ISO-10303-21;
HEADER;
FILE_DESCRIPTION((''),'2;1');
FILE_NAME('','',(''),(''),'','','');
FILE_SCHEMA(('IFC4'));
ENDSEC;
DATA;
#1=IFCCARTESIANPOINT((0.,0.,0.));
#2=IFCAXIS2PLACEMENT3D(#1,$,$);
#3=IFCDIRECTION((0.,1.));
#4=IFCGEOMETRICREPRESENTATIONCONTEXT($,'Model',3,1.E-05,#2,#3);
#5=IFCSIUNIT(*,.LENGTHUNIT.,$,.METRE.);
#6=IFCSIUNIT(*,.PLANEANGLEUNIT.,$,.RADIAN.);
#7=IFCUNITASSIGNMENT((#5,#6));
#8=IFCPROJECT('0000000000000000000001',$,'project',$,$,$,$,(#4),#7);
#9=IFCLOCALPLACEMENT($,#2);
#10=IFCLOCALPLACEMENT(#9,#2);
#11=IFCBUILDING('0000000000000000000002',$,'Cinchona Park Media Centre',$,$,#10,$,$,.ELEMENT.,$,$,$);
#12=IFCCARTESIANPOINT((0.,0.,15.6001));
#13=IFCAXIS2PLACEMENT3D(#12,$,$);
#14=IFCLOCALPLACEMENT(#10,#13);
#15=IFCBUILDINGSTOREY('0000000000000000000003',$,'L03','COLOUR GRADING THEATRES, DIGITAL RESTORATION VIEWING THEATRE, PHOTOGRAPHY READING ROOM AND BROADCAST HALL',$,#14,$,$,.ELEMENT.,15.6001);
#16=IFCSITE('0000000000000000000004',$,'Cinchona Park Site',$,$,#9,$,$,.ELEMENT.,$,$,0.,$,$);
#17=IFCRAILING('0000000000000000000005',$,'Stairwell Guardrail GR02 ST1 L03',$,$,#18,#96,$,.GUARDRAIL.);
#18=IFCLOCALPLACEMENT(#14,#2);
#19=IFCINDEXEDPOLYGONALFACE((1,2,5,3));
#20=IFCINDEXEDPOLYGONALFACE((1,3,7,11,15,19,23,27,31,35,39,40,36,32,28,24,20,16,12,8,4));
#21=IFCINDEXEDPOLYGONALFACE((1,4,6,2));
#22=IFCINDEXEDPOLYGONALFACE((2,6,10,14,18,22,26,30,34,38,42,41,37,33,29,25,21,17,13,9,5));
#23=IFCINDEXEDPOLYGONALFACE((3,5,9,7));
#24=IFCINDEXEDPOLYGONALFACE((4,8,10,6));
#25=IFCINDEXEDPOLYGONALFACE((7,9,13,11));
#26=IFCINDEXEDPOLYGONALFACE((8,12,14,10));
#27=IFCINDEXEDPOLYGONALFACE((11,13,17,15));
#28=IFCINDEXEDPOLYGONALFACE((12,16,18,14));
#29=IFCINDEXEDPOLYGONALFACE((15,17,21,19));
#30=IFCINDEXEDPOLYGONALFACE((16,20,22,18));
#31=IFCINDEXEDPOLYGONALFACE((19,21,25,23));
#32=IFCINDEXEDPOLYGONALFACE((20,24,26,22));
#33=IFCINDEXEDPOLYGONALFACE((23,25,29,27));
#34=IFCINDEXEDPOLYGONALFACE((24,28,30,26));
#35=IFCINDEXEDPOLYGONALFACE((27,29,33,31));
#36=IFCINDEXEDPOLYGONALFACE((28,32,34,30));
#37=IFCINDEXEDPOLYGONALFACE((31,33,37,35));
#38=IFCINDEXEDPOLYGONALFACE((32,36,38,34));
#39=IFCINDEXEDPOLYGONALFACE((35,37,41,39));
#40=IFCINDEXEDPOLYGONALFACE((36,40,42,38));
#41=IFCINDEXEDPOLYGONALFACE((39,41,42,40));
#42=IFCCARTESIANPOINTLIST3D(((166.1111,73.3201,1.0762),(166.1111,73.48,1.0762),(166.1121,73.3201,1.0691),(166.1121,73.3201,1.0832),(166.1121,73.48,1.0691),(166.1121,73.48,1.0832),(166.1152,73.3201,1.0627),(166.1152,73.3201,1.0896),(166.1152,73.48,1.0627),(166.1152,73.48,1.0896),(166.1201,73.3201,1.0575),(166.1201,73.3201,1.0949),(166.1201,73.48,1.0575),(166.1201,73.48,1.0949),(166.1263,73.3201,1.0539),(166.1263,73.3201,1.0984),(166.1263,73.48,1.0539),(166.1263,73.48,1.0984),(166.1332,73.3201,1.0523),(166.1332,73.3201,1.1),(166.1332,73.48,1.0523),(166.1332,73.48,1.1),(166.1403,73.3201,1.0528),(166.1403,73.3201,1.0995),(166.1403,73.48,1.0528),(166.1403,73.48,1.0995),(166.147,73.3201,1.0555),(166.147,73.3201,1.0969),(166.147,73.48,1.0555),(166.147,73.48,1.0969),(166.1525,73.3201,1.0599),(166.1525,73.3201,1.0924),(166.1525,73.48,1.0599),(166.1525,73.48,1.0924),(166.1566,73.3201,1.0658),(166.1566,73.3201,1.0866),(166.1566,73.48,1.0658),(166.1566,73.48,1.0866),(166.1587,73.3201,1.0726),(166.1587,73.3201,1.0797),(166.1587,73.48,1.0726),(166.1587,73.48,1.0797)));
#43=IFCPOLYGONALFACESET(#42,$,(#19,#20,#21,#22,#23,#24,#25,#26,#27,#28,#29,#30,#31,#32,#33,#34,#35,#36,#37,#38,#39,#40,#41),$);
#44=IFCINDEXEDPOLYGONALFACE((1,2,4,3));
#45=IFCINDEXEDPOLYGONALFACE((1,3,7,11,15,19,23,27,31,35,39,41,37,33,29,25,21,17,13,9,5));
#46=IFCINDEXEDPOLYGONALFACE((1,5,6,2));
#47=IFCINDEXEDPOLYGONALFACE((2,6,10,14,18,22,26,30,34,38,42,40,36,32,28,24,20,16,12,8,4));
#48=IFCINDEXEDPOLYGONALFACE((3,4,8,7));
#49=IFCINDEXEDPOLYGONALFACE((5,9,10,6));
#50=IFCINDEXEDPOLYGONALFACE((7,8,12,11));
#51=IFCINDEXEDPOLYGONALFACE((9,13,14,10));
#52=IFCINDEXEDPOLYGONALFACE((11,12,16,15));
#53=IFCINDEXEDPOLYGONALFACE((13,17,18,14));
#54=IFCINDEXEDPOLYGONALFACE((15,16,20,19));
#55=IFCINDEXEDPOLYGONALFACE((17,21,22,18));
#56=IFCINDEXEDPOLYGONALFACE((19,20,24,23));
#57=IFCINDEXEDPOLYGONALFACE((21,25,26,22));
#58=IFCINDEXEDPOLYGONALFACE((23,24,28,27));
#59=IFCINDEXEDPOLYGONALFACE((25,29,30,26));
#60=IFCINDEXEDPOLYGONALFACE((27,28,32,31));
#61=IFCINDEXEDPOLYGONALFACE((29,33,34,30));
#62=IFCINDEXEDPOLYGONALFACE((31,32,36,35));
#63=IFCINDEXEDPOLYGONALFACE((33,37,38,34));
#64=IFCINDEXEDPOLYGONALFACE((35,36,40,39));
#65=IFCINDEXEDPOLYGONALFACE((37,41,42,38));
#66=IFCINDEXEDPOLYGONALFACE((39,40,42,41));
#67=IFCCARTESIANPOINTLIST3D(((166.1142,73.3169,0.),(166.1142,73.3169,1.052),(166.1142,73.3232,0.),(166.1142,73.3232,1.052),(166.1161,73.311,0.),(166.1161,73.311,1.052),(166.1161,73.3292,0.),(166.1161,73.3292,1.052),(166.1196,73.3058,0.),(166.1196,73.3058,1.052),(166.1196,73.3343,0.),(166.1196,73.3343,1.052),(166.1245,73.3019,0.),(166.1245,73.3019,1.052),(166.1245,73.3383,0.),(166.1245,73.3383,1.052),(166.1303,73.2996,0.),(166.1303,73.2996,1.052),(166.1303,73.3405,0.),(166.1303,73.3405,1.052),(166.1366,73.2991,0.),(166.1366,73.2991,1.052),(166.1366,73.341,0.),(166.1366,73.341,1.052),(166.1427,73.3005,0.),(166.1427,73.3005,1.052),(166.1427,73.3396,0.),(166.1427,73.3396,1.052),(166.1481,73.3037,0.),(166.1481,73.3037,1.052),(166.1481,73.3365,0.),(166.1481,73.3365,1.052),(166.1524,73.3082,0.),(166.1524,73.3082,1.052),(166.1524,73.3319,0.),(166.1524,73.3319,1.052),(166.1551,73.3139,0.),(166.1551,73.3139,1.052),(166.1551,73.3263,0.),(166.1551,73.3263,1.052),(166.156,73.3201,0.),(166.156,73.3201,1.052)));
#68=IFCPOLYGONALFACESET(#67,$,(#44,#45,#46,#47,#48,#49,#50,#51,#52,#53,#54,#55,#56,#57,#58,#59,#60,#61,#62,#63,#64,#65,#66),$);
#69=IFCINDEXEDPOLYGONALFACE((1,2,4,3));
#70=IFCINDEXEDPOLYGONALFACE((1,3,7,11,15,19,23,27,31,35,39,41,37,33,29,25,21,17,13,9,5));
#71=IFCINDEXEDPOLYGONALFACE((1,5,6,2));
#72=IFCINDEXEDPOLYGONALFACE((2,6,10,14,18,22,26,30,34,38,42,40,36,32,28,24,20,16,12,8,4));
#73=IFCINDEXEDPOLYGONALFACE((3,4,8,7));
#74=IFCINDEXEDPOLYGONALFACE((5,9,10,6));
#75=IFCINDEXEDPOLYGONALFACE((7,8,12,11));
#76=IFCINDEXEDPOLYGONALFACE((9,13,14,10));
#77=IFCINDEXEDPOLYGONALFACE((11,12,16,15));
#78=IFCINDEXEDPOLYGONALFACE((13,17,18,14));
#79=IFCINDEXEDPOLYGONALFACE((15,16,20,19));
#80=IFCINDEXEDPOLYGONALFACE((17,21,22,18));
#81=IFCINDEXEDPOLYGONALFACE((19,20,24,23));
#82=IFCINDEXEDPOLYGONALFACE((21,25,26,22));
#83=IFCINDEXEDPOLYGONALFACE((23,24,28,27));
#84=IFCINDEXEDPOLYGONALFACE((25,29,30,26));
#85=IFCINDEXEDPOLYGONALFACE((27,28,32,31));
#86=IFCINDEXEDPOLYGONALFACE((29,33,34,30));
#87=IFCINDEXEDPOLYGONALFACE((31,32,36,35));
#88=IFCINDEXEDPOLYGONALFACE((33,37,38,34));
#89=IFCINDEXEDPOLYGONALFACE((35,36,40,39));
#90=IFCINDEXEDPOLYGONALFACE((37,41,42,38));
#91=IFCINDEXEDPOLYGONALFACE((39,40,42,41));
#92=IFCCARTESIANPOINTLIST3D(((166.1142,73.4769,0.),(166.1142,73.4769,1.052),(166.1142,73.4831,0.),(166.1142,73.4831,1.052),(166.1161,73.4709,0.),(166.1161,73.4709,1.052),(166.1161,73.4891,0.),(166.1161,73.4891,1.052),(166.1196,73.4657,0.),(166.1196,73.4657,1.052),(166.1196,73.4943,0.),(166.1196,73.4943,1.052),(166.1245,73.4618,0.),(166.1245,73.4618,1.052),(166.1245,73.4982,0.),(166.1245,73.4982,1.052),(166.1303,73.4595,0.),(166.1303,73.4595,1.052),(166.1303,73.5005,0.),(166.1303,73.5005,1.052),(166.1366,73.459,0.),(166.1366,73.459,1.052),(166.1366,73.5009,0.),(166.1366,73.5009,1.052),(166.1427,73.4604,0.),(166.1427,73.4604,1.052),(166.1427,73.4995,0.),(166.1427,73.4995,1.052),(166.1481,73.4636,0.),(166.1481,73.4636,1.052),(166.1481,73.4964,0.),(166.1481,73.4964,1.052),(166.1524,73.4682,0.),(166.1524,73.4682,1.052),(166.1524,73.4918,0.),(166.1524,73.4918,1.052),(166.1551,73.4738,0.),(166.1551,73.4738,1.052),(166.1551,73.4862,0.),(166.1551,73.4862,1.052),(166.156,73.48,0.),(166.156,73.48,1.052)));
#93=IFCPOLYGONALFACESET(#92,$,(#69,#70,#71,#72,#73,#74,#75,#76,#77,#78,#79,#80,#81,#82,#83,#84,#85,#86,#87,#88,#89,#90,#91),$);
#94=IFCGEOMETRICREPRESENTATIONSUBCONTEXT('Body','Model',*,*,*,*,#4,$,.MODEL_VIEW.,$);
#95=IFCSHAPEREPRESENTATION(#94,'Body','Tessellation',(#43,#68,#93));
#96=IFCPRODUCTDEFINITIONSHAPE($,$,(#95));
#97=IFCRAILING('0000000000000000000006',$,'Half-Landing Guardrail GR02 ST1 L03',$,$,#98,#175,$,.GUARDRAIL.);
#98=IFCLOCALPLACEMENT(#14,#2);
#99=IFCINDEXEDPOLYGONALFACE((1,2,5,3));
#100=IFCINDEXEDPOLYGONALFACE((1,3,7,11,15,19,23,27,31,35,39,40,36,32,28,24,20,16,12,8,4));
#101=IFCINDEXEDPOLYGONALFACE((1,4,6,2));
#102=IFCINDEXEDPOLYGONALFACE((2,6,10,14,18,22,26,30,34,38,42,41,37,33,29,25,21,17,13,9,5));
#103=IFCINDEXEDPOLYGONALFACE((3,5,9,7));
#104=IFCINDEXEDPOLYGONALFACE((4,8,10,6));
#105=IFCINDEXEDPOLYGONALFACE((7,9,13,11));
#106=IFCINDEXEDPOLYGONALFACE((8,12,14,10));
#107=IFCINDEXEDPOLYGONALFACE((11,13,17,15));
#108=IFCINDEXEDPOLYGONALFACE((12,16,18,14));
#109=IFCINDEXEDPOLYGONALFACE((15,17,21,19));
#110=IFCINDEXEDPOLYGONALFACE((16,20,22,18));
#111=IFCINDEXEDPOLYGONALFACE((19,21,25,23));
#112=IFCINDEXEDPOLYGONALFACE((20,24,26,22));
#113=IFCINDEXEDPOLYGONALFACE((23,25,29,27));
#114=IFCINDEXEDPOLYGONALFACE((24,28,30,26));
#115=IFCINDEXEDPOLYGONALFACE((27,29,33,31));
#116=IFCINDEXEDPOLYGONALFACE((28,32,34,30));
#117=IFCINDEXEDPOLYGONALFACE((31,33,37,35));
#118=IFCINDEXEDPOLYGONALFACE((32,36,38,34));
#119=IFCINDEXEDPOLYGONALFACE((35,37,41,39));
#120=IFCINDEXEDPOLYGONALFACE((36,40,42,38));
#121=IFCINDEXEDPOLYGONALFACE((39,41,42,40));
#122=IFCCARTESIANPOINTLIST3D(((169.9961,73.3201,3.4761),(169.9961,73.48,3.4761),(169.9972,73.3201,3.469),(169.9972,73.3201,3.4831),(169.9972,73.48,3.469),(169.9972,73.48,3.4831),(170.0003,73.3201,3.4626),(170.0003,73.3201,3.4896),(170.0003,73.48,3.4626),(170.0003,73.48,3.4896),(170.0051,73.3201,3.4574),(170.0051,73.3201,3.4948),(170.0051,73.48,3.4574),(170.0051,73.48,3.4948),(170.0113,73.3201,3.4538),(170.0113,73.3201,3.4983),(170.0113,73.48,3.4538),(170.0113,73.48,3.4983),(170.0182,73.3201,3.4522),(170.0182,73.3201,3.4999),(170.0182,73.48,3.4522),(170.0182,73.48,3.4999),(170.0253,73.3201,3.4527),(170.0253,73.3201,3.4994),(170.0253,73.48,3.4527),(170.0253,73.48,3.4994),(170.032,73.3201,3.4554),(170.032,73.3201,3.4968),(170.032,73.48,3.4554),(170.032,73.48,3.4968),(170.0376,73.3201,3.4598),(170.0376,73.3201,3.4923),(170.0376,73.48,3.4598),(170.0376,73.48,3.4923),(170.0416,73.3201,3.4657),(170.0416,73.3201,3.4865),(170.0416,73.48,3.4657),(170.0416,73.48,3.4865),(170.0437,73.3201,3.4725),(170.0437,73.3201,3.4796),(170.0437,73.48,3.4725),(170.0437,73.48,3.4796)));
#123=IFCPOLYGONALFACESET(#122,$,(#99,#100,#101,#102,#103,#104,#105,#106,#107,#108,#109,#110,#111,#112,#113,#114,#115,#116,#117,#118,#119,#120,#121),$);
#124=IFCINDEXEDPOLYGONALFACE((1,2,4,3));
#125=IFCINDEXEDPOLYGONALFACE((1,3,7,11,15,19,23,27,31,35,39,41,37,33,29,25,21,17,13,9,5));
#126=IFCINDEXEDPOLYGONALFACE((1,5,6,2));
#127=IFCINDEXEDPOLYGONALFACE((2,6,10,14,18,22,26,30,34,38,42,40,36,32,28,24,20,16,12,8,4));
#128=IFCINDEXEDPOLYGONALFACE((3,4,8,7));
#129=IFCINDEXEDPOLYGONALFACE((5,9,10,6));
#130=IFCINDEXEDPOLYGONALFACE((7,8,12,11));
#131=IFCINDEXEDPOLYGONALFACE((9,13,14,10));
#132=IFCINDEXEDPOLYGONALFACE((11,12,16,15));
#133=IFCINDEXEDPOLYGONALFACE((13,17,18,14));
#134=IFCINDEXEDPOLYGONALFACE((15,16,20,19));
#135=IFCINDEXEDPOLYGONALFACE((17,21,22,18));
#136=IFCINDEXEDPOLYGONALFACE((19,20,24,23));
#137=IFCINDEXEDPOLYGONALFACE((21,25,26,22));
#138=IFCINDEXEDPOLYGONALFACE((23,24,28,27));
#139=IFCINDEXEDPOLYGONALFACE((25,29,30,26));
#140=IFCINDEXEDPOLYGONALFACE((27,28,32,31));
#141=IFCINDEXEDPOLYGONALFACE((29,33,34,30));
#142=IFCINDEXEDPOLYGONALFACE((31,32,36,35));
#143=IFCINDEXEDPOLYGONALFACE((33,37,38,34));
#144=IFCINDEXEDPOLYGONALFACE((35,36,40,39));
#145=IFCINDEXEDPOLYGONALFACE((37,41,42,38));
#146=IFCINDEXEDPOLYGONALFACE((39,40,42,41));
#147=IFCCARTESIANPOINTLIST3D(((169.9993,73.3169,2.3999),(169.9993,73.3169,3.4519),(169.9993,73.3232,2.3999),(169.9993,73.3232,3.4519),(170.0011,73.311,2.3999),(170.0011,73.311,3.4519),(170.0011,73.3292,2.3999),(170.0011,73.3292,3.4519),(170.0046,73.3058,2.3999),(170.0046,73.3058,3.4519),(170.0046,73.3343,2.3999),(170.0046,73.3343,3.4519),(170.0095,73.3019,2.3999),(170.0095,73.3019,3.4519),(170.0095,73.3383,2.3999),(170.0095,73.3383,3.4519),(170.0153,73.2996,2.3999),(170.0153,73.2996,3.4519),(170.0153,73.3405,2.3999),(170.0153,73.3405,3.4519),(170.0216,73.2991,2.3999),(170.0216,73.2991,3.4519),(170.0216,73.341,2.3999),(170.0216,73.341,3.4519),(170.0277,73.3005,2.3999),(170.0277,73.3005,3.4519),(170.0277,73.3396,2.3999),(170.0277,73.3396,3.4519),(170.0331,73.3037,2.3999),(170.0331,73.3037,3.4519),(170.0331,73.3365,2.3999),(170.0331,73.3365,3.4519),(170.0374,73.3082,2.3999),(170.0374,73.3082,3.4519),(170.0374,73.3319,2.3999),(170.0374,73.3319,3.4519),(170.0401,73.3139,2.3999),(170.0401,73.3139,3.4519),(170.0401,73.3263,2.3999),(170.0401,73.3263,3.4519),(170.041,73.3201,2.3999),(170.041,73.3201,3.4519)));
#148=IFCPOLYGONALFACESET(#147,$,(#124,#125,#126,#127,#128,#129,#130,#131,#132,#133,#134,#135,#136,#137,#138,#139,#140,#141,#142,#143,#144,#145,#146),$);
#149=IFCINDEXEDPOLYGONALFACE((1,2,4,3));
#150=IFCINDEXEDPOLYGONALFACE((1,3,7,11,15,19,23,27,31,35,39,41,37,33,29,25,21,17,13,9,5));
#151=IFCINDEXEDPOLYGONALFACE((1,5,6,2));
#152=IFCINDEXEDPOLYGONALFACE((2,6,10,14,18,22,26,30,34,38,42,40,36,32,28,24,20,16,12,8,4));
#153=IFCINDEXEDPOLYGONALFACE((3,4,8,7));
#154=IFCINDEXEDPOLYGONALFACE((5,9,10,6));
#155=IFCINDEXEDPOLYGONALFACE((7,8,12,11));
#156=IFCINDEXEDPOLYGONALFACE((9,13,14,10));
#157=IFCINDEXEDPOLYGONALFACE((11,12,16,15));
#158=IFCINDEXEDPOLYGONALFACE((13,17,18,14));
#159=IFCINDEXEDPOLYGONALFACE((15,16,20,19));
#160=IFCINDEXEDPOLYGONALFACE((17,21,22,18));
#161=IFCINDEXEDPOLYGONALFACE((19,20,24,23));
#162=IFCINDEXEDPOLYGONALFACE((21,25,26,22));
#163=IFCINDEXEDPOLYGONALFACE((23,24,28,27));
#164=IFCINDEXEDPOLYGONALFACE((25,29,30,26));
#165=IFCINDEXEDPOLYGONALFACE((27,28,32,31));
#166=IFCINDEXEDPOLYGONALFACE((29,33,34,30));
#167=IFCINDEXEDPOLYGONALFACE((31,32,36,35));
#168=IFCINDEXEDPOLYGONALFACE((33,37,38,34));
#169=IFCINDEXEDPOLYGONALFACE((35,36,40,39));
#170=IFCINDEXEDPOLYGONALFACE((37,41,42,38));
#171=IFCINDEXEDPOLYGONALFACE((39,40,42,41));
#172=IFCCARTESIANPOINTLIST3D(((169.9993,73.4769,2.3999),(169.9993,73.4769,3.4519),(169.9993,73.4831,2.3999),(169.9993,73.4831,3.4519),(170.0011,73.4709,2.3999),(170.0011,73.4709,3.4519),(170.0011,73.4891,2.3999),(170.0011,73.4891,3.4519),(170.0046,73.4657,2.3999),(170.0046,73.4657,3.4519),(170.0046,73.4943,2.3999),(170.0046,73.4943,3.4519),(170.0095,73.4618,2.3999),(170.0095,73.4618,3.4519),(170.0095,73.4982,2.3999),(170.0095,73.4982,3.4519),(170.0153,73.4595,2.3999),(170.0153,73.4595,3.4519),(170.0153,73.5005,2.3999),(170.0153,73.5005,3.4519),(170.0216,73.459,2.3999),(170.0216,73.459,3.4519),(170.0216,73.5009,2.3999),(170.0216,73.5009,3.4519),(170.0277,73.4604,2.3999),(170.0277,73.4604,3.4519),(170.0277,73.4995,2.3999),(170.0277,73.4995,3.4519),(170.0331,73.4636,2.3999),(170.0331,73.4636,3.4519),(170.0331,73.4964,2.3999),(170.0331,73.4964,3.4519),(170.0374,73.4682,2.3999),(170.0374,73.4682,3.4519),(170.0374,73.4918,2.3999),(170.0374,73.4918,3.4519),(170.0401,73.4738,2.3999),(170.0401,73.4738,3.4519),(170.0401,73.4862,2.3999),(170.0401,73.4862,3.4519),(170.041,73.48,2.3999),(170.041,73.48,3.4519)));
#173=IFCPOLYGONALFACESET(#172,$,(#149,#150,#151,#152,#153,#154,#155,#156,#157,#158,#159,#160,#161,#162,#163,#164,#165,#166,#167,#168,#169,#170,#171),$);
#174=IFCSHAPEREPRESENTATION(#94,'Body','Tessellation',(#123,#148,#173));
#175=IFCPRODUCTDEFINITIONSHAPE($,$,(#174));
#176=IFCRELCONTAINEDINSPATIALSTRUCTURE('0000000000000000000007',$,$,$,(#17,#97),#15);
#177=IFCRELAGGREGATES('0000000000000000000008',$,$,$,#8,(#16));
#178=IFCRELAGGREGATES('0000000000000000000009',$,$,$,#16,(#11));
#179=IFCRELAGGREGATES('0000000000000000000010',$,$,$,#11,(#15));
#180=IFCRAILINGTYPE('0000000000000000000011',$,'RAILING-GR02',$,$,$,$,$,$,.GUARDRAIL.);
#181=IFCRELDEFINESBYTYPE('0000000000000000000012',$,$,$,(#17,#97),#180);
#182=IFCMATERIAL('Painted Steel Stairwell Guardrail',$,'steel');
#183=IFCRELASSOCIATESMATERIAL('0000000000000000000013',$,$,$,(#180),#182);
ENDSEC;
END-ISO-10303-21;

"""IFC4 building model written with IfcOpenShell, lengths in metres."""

from ifc_helpers import new_model, si_unit, direction, frame, origin, origin_2d, place, context, subcontext, project, spatial, circle, extrude, material, type_object, element, save


model = new_model("IFC4")

# Units and contexts
model_context = context("Model", 3, precision=1e-05, world=origin(), true_north=direction((0.0, 1.0)))
body_context = subcontext(model_context, "Body", "Model", "MODEL_VIEW")
ifc_project = project(units=[si_unit("LENGTHUNIT", "METRE"), si_unit("PLANEANGLEUNIT", "RADIAN")], contexts=[model_context])

# Site, building, storey
site_placement = place(None, origin())
site = spatial("IfcSite", under=ifc_project, at=site_placement, Name="Cinchona Park Site", CompositionType="ELEMENT", RefElevation=0.0)
building_placement = place(site_placement, origin())
building = spatial("IfcBuilding", under=site, at=building_placement, Name="Cinchona Park Media Centre", CompositionType="ELEMENT")
storey_placement = place(building_placement, frame((0.0, 0.0, 15.6001)))
storey = spatial("IfcBuildingStorey", under=building, at=storey_placement, Name="L03", Description="COLOUR GRADING THEATRES, DIGITAL RESTORATION VIEWING THEATRE, PHOTOGRAPHY READING ROOM AND BROADCAST HALL", CompositionType="ELEMENT", Elevation=15.6001)

# Railings
ifc_material_1 = material(Name="Painted Steel Stairwell Guardrail", Category="steel")
railing_type_1 = type_object("IfcRailingType", Name="RAILING-GR02", PredefinedType="GUARDRAIL", material=ifc_material_1)
for number, where, name in (
    (1, (166.135, 73.3201, 0.0), "Stairwell Guardrail GR02 ST1 L03"),
    (2, (170.02, 73.3201, 2.3999), "Half-Landing Guardrail GR02 ST1 L03"),
):
    element("IfcRailing", number, at=place(storey_placement, frame(where)), inside=storey, type_object=railing_type_1, Name=name, PredefinedType="GUARDRAIL", context=body_context, shape_type="SweptSolid", body=[
        extrude(circle(Radius=0.0239, at=origin_2d()), frame((0.0, 0.0, 1.0762), z_axis=(0.0, 1.0, 0.0), x_axis=(-1.0, 0.0, 0.0)), (0.0, 0.0, 1.0), 0.1599),
        extrude(circle(Radius=0.021, at=origin_2d()), origin(), (0.0, 0.0, 1.0), 1.052),
        extrude(circle(Radius=0.021, at=origin_2d()), frame((0.0, 0.1599, 0.0)), (0.0, 0.0, 1.0), 1.052),
    ])

save(model, "model.ifc")
